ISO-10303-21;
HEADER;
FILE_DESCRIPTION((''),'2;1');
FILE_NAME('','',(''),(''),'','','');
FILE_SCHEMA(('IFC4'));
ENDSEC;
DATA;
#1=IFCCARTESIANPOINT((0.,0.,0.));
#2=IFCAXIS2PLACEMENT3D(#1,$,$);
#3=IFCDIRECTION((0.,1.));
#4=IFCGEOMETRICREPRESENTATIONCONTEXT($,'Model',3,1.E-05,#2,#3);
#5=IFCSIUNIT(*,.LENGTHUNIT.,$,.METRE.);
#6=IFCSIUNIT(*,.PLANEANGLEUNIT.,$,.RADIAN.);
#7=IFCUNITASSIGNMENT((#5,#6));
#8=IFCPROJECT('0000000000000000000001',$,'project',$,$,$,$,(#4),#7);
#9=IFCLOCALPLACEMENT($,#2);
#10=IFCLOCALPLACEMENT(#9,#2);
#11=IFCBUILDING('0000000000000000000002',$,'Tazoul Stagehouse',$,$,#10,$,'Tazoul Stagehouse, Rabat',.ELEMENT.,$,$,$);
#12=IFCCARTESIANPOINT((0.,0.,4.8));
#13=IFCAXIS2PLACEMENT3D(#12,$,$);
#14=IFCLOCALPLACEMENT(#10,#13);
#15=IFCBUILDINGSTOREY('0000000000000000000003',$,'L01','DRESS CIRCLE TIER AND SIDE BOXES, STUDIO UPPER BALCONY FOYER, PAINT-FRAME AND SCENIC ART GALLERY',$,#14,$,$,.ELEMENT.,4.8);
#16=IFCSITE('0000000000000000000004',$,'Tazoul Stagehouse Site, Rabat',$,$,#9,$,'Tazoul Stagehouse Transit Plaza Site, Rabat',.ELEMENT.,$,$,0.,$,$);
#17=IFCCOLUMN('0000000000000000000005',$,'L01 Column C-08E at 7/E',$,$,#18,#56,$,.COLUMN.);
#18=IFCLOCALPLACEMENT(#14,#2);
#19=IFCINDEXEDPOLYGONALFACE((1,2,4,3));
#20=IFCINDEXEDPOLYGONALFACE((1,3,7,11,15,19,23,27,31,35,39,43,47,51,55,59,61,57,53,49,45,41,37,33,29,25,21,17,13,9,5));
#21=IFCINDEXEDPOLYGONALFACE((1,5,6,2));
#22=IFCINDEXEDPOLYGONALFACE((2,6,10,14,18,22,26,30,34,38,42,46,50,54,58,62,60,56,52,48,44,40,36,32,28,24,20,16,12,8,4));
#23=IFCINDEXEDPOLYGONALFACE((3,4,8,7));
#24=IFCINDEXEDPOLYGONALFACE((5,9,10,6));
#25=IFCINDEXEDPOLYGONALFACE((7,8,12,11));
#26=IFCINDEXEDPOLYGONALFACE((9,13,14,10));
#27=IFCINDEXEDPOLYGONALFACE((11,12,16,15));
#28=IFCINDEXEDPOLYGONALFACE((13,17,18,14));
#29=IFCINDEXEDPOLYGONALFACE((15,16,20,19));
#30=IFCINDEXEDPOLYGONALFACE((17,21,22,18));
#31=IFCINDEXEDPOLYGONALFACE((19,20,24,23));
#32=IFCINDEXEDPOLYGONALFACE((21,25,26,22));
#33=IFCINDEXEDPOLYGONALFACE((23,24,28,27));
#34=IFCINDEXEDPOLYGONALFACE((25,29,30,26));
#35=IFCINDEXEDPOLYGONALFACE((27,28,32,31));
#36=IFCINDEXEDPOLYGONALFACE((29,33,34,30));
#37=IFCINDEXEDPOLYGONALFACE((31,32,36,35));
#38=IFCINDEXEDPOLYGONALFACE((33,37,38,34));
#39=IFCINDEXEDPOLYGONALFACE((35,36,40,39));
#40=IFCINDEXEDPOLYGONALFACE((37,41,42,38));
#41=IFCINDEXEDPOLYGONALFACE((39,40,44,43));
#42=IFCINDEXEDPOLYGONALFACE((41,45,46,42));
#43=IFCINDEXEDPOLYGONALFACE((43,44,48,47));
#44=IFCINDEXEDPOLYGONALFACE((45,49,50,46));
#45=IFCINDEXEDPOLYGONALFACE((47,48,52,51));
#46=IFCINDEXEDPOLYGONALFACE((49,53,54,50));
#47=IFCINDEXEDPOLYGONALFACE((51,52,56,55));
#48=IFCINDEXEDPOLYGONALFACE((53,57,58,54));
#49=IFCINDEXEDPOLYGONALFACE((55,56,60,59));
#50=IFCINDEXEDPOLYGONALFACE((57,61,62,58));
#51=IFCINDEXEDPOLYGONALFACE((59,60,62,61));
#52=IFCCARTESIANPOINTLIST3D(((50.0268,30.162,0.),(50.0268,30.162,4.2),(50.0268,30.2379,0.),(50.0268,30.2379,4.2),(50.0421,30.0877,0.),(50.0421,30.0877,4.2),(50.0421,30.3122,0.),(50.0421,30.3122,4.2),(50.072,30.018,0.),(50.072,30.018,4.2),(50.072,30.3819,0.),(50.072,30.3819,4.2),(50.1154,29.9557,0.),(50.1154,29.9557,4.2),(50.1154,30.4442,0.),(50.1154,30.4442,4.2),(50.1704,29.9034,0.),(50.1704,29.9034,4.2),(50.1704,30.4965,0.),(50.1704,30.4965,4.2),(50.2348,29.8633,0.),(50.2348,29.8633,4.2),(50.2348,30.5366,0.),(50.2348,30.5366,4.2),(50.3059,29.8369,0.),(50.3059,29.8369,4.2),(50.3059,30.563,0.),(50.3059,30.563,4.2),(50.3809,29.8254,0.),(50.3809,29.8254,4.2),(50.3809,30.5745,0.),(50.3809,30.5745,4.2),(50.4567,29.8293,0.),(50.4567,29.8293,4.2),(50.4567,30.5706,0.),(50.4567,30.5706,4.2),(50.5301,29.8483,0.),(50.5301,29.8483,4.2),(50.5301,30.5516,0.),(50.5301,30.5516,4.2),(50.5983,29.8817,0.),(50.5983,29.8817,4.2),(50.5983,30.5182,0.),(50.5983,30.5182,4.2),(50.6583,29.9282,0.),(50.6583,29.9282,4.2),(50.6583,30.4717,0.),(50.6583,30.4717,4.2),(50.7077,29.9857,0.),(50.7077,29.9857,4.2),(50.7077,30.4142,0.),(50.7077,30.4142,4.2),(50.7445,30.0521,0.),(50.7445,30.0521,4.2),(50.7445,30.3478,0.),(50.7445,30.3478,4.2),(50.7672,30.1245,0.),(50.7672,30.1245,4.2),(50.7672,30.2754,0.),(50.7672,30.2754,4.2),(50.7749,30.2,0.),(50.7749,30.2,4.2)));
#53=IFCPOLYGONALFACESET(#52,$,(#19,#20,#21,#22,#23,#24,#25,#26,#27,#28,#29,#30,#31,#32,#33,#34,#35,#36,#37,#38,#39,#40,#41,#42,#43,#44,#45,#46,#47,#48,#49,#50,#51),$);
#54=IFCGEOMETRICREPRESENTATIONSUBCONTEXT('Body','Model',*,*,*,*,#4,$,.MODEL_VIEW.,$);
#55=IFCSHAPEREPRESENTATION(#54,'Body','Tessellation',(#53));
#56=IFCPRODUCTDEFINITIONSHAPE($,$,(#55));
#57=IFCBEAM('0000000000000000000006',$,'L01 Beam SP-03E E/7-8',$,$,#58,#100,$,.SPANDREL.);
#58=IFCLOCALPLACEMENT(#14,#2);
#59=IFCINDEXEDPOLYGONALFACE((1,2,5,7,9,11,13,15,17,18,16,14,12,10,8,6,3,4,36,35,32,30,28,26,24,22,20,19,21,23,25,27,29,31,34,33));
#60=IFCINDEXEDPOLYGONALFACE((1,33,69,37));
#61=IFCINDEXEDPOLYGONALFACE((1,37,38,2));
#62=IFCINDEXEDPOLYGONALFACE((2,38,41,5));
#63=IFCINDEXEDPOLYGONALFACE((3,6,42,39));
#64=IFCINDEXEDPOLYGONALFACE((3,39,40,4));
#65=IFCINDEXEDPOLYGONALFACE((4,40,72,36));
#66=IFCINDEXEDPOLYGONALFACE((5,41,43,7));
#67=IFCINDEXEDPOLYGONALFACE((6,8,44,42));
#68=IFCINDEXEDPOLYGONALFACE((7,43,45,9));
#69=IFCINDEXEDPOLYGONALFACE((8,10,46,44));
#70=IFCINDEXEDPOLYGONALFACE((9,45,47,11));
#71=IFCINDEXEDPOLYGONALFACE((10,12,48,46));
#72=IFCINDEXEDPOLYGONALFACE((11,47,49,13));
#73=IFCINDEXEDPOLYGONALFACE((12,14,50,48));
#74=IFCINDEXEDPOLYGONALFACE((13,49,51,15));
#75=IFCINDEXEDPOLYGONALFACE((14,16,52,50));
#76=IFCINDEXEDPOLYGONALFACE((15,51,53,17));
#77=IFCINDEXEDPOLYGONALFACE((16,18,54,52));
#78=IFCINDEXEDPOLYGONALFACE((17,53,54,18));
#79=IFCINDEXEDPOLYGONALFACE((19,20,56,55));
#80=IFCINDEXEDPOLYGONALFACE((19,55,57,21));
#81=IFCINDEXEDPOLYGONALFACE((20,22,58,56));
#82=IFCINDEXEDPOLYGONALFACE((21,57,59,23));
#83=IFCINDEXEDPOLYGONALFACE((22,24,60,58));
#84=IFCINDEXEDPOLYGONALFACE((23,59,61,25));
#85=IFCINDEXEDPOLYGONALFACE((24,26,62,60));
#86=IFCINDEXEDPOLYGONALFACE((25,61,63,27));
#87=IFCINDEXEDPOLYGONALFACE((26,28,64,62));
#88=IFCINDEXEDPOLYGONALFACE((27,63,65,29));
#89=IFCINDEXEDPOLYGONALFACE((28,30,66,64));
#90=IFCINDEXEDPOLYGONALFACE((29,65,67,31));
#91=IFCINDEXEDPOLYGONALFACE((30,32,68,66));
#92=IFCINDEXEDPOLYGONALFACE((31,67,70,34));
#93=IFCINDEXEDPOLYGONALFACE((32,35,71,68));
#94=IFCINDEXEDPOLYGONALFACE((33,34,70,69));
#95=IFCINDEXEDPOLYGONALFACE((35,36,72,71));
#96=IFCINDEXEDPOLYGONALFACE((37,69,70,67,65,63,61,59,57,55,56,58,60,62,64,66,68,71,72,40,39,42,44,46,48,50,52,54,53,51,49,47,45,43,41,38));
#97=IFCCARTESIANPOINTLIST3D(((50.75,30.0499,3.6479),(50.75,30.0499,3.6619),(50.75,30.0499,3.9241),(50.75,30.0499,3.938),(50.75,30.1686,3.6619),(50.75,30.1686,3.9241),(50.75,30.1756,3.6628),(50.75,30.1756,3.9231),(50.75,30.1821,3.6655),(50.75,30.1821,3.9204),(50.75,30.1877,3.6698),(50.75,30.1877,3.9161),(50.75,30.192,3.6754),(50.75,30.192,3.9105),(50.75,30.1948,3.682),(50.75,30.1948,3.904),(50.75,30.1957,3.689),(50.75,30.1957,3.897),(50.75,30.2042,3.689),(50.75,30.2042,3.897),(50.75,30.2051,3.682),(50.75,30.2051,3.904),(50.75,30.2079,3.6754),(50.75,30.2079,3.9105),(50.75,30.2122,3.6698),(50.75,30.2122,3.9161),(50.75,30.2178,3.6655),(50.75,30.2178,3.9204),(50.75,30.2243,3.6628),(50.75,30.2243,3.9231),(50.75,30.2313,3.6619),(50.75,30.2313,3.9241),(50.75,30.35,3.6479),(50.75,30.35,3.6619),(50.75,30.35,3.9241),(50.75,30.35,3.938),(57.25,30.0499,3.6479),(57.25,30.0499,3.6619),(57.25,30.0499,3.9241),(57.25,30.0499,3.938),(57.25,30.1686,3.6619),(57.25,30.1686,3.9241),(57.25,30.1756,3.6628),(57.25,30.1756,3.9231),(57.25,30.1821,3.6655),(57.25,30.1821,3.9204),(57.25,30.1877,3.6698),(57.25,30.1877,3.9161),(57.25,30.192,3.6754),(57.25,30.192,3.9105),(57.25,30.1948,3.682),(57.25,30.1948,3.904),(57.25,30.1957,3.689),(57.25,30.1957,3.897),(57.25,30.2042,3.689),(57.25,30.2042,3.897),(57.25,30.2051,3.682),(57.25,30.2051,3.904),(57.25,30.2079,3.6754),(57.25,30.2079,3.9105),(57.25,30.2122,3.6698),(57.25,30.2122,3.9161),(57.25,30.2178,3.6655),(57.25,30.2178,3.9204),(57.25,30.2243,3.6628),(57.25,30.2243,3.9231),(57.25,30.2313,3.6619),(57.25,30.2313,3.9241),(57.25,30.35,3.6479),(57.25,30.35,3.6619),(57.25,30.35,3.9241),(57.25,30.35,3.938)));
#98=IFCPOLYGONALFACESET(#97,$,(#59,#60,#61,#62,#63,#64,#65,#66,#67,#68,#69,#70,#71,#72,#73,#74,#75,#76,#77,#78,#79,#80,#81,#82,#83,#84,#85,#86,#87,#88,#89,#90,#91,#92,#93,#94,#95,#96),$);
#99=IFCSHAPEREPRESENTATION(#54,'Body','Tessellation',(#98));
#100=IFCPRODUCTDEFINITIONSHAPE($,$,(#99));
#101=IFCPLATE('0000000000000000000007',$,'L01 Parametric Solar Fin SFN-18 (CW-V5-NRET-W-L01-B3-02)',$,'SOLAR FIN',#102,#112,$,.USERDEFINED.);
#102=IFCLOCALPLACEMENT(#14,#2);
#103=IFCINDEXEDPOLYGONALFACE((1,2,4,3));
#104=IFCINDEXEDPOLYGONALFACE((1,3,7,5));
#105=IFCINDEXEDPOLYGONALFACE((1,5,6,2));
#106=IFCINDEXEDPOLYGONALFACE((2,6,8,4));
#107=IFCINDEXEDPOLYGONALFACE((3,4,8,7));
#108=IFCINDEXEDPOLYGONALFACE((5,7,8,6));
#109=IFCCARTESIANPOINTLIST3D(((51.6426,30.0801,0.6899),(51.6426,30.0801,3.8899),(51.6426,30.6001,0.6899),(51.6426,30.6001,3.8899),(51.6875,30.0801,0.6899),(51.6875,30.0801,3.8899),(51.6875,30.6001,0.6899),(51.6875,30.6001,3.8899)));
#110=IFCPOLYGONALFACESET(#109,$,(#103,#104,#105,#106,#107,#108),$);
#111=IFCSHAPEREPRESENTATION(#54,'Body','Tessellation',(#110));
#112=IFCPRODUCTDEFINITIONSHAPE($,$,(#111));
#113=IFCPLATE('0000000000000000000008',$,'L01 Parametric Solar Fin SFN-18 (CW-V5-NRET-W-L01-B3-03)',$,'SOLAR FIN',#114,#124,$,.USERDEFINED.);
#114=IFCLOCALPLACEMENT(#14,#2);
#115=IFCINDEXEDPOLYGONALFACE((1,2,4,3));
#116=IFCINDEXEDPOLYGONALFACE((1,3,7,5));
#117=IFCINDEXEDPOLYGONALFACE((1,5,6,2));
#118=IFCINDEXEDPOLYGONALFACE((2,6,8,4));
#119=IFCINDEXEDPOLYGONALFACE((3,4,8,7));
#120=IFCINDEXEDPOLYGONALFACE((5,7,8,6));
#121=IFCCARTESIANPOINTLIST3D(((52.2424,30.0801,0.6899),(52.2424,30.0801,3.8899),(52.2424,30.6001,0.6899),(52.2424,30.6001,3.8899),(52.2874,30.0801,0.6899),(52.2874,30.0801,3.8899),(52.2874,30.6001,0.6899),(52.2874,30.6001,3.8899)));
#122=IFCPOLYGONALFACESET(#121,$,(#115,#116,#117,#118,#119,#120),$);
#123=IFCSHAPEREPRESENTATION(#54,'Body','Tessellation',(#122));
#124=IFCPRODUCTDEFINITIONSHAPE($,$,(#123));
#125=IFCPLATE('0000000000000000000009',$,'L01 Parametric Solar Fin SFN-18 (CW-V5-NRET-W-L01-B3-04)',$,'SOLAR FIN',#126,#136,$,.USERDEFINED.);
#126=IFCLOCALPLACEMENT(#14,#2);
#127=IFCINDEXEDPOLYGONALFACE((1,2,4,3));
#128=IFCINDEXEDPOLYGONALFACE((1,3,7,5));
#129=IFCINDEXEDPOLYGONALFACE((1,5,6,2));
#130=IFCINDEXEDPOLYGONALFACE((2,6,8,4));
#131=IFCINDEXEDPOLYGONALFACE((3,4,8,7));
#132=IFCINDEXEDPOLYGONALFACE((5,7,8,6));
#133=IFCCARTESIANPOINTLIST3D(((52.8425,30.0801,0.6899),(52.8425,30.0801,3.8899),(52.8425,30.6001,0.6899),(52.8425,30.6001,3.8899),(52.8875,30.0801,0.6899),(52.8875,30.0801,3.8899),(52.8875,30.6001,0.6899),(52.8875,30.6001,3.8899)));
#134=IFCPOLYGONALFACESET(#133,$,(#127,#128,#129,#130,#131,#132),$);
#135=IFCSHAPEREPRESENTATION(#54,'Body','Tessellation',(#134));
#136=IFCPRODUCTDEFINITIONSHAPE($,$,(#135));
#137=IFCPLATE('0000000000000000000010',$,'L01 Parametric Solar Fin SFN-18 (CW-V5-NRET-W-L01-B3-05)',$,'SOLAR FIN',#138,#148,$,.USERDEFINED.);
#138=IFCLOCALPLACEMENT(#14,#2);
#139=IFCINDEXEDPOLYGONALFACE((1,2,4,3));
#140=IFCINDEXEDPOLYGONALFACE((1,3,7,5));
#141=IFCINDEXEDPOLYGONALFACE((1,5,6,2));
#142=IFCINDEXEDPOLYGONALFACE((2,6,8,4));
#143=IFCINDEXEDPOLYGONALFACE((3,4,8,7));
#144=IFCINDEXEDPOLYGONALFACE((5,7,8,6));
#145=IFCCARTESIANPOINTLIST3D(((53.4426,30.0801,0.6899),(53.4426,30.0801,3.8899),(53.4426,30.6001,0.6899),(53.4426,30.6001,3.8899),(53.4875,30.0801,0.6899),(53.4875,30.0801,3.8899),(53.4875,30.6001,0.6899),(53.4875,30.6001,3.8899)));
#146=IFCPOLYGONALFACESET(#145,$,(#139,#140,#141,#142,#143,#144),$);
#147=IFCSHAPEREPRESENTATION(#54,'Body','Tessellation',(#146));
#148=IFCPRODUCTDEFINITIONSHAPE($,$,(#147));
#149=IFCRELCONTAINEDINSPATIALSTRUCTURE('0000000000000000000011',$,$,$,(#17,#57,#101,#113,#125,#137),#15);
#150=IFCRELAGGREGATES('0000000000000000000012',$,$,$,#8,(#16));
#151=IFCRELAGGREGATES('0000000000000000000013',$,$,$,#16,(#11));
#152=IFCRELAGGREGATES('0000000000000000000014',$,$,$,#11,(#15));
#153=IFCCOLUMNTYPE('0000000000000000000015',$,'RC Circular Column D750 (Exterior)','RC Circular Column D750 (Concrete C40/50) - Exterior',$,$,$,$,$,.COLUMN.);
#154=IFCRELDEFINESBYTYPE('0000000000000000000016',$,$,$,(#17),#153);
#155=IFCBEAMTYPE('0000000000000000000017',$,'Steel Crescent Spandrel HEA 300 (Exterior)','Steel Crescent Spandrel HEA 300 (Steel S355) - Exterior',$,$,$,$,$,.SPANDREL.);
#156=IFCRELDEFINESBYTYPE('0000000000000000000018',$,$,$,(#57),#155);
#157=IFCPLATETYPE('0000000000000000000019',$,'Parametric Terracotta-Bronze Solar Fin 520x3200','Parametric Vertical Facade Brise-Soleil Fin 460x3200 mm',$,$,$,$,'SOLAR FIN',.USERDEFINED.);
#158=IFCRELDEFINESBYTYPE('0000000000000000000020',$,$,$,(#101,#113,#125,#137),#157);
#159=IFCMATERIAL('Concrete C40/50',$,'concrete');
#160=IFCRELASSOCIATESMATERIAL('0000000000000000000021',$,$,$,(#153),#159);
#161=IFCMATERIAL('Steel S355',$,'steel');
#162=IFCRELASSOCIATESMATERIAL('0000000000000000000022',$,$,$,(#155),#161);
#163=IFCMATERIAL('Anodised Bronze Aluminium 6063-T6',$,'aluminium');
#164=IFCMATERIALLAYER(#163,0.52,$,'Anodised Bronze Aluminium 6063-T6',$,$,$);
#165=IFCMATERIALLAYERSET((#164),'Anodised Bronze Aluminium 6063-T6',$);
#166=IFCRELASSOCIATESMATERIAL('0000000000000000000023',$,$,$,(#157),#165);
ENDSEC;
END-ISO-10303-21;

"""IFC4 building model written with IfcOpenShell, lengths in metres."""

from ifc_helpers import new_model, si_unit, direction, frame, origin, origin_2d, place, context, subcontext, project, spatial, rectangle, circle, i_section, extrude, material, layer, layer_set, material_profile, profile_set, type_object, element, save


model = new_model("IFC4")

# Units and contexts
model_context = context("Model", 3, precision=1e-05, world=origin(), true_north=direction((0.0, 1.0)))
body_context = subcontext(model_context, "Body", "Model", "MODEL_VIEW")
ifc_project = project(units=[si_unit("LENGTHUNIT", "METRE"), si_unit("PLANEANGLEUNIT", "RADIAN")], contexts=[model_context])

# Site, building, storey
site_placement = place(None, origin())
site = spatial("IfcSite", under=ifc_project, at=site_placement, Name="Tazoul Stagehouse Site, Rabat", LongName="Tazoul Stagehouse Transit Plaza Site, Rabat", CompositionType="ELEMENT", RefElevation=0.0)
building_placement = place(site_placement, origin())
building = spatial("IfcBuilding", under=site, at=building_placement, Name="Tazoul Stagehouse", LongName="Tazoul Stagehouse, Rabat", CompositionType="ELEMENT")
storey_placement = place(building_placement, frame((0.0, 0.0, 4.8)))
storey = spatial("IfcBuildingStorey", under=building, at=storey_placement, Name="L01", Description="DRESS CIRCLE TIER AND SIDE BOXES, STUDIO UPPER BALCONY FOYER, PAINT-FRAME AND SCENIC ART GALLERY", CompositionType="ELEMENT", Elevation=4.8)

# Column
ifc_material_1 = material(Name="Concrete C40/50", Category="concrete")
ifc_material_profile_1 = material_profile(ifc_material_1, circle(Radius=0.375, at=origin_2d()), Name="RC D750")
ifc_profile_set_1 = profile_set([ifc_material_profile_1], Name="Concrete C40/50")
column_type = type_object("IfcColumnType", Name="RC Circular Column D750 (Exterior)", Description="RC Circular Column D750 (Concrete C40/50) - Exterior", PredefinedType="COLUMN", material=ifc_profile_set_1)
column_placement = place(storey_placement, frame((50.3999, 30.2, 0.0), z_axis=(0.0, 0.0, 1.0), x_axis=(1.0, 0.0, 0.0)))
element("IfcColumn", 1, at=column_placement, inside=storey, type_object=column_type, Name="L01 Column C-08E at 7/E", PredefinedType="COLUMN", context=body_context, shape_type="SweptSolid", body=[
    extrude(circle(Radius=0.375, at=origin_2d()), origin(), (0.0, 0.0, 1.0), 4.2),
])

# Shared definitions
ifc_material_2 = material(Name="Anodised Bronze Aluminium 6063-T6", Category="aluminium")

# Beam
ifc_material_3 = material(Name="Steel S355", Category="steel")
ifc_material_profile_2 = material_profile(ifc_material_3, i_section(OverallWidth=0.3, OverallDepth=0.29, WebThickness=0.0085, FlangeThickness=0.0139, FilletRadius=0.0271, at=origin_2d()), Name="HEA 300")
ifc_profile_set_2 = profile_set([ifc_material_profile_2], Name="Steel S355")
beam_type = type_object("IfcBeamType", Name="Steel Crescent Spandrel HEA 300 (Exterior)", Description="Steel Crescent Spandrel HEA 300 (Steel S355) - Exterior", PredefinedType="SPANDREL", material=ifc_profile_set_2)
beam_placement = place(storey_placement, frame((50.75, 30.2, 3.793), z_axis=(1.0, 0.0, 0.0), x_axis=(0.0, 1.0, 0.0)))
element("IfcBeam", 2, at=beam_placement, inside=storey, type_object=beam_type, Name="L01 Beam SP-03E E/7-8", PredefinedType="SPANDREL", context=body_context, shape_type="SweptSolid", body=[
    extrude(i_section(OverallWidth=0.3, OverallDepth=0.29, WebThickness=0.0085, FlangeThickness=0.0139, FilletRadius=0.0271, at=origin_2d()), origin(), (0.0, 0.0, 1.0), 6.5),
])

# Plates
ifc_layer_1 = layer(ifc_material_2, 0.52, Name="Anodised Bronze Aluminium 6063-T6")
ifc_layer_set_1 = layer_set([ifc_layer_1], Name="Anodised Bronze Aluminium 6063-T6")
plate_type_1 = type_object("IfcPlateType", Name="Parametric Terracotta-Bronze Solar Fin 520x3200", Description="Parametric Vertical Facade Brise-Soleil Fin 460x3200 mm", ElementType="SOLAR FIN", PredefinedType="USERDEFINED", material=ifc_layer_set_1)
for number, where, z_axis, x_axis, name in (
    (3, (51.665, 30.3401, 0.6899), (0.0, 0.0, 1.0), (1.0, 0.0, 0.0), "L01 Parametric Solar Fin SFN-18 (CW-V5-NRET-W-L01-B3-02)"),
    (4, (52.2649, 30.3401, 0.6899), (0.0, 0.0, 1.0), (1.0, 0.0, 0.0), "L01 Parametric Solar Fin SFN-18 (CW-V5-NRET-W-L01-B3-03)"),
    (5, (52.865, 30.3401, 0.6899), (0.0, 0.0, 1.0), (1.0, 0.0, 0.0), "L01 Parametric Solar Fin SFN-18 (CW-V5-NRET-W-L01-B3-04)"),
    (6, (53.4651, 30.3401, 0.6899), (0.0, 0.0, 1.0), (1.0, 0.0, 0.0), "L01 Parametric Solar Fin SFN-18 (CW-V5-NRET-W-L01-B3-05)"),
):
    element("IfcPlate", number, at=place(storey_placement, frame(where, z_axis=z_axis, x_axis=x_axis)), inside=storey, type_object=plate_type_1, Name=name, ObjectType="SOLAR FIN", PredefinedType="USERDEFINED", context=body_context, shape_type="SweptSolid", body=[
        extrude(rectangle(XDim=0.0449, YDim=0.52, at=origin_2d()), origin(), (0.0, 0.0, 1.0), 3.2),
    ])

save(model, "model.ifc")
